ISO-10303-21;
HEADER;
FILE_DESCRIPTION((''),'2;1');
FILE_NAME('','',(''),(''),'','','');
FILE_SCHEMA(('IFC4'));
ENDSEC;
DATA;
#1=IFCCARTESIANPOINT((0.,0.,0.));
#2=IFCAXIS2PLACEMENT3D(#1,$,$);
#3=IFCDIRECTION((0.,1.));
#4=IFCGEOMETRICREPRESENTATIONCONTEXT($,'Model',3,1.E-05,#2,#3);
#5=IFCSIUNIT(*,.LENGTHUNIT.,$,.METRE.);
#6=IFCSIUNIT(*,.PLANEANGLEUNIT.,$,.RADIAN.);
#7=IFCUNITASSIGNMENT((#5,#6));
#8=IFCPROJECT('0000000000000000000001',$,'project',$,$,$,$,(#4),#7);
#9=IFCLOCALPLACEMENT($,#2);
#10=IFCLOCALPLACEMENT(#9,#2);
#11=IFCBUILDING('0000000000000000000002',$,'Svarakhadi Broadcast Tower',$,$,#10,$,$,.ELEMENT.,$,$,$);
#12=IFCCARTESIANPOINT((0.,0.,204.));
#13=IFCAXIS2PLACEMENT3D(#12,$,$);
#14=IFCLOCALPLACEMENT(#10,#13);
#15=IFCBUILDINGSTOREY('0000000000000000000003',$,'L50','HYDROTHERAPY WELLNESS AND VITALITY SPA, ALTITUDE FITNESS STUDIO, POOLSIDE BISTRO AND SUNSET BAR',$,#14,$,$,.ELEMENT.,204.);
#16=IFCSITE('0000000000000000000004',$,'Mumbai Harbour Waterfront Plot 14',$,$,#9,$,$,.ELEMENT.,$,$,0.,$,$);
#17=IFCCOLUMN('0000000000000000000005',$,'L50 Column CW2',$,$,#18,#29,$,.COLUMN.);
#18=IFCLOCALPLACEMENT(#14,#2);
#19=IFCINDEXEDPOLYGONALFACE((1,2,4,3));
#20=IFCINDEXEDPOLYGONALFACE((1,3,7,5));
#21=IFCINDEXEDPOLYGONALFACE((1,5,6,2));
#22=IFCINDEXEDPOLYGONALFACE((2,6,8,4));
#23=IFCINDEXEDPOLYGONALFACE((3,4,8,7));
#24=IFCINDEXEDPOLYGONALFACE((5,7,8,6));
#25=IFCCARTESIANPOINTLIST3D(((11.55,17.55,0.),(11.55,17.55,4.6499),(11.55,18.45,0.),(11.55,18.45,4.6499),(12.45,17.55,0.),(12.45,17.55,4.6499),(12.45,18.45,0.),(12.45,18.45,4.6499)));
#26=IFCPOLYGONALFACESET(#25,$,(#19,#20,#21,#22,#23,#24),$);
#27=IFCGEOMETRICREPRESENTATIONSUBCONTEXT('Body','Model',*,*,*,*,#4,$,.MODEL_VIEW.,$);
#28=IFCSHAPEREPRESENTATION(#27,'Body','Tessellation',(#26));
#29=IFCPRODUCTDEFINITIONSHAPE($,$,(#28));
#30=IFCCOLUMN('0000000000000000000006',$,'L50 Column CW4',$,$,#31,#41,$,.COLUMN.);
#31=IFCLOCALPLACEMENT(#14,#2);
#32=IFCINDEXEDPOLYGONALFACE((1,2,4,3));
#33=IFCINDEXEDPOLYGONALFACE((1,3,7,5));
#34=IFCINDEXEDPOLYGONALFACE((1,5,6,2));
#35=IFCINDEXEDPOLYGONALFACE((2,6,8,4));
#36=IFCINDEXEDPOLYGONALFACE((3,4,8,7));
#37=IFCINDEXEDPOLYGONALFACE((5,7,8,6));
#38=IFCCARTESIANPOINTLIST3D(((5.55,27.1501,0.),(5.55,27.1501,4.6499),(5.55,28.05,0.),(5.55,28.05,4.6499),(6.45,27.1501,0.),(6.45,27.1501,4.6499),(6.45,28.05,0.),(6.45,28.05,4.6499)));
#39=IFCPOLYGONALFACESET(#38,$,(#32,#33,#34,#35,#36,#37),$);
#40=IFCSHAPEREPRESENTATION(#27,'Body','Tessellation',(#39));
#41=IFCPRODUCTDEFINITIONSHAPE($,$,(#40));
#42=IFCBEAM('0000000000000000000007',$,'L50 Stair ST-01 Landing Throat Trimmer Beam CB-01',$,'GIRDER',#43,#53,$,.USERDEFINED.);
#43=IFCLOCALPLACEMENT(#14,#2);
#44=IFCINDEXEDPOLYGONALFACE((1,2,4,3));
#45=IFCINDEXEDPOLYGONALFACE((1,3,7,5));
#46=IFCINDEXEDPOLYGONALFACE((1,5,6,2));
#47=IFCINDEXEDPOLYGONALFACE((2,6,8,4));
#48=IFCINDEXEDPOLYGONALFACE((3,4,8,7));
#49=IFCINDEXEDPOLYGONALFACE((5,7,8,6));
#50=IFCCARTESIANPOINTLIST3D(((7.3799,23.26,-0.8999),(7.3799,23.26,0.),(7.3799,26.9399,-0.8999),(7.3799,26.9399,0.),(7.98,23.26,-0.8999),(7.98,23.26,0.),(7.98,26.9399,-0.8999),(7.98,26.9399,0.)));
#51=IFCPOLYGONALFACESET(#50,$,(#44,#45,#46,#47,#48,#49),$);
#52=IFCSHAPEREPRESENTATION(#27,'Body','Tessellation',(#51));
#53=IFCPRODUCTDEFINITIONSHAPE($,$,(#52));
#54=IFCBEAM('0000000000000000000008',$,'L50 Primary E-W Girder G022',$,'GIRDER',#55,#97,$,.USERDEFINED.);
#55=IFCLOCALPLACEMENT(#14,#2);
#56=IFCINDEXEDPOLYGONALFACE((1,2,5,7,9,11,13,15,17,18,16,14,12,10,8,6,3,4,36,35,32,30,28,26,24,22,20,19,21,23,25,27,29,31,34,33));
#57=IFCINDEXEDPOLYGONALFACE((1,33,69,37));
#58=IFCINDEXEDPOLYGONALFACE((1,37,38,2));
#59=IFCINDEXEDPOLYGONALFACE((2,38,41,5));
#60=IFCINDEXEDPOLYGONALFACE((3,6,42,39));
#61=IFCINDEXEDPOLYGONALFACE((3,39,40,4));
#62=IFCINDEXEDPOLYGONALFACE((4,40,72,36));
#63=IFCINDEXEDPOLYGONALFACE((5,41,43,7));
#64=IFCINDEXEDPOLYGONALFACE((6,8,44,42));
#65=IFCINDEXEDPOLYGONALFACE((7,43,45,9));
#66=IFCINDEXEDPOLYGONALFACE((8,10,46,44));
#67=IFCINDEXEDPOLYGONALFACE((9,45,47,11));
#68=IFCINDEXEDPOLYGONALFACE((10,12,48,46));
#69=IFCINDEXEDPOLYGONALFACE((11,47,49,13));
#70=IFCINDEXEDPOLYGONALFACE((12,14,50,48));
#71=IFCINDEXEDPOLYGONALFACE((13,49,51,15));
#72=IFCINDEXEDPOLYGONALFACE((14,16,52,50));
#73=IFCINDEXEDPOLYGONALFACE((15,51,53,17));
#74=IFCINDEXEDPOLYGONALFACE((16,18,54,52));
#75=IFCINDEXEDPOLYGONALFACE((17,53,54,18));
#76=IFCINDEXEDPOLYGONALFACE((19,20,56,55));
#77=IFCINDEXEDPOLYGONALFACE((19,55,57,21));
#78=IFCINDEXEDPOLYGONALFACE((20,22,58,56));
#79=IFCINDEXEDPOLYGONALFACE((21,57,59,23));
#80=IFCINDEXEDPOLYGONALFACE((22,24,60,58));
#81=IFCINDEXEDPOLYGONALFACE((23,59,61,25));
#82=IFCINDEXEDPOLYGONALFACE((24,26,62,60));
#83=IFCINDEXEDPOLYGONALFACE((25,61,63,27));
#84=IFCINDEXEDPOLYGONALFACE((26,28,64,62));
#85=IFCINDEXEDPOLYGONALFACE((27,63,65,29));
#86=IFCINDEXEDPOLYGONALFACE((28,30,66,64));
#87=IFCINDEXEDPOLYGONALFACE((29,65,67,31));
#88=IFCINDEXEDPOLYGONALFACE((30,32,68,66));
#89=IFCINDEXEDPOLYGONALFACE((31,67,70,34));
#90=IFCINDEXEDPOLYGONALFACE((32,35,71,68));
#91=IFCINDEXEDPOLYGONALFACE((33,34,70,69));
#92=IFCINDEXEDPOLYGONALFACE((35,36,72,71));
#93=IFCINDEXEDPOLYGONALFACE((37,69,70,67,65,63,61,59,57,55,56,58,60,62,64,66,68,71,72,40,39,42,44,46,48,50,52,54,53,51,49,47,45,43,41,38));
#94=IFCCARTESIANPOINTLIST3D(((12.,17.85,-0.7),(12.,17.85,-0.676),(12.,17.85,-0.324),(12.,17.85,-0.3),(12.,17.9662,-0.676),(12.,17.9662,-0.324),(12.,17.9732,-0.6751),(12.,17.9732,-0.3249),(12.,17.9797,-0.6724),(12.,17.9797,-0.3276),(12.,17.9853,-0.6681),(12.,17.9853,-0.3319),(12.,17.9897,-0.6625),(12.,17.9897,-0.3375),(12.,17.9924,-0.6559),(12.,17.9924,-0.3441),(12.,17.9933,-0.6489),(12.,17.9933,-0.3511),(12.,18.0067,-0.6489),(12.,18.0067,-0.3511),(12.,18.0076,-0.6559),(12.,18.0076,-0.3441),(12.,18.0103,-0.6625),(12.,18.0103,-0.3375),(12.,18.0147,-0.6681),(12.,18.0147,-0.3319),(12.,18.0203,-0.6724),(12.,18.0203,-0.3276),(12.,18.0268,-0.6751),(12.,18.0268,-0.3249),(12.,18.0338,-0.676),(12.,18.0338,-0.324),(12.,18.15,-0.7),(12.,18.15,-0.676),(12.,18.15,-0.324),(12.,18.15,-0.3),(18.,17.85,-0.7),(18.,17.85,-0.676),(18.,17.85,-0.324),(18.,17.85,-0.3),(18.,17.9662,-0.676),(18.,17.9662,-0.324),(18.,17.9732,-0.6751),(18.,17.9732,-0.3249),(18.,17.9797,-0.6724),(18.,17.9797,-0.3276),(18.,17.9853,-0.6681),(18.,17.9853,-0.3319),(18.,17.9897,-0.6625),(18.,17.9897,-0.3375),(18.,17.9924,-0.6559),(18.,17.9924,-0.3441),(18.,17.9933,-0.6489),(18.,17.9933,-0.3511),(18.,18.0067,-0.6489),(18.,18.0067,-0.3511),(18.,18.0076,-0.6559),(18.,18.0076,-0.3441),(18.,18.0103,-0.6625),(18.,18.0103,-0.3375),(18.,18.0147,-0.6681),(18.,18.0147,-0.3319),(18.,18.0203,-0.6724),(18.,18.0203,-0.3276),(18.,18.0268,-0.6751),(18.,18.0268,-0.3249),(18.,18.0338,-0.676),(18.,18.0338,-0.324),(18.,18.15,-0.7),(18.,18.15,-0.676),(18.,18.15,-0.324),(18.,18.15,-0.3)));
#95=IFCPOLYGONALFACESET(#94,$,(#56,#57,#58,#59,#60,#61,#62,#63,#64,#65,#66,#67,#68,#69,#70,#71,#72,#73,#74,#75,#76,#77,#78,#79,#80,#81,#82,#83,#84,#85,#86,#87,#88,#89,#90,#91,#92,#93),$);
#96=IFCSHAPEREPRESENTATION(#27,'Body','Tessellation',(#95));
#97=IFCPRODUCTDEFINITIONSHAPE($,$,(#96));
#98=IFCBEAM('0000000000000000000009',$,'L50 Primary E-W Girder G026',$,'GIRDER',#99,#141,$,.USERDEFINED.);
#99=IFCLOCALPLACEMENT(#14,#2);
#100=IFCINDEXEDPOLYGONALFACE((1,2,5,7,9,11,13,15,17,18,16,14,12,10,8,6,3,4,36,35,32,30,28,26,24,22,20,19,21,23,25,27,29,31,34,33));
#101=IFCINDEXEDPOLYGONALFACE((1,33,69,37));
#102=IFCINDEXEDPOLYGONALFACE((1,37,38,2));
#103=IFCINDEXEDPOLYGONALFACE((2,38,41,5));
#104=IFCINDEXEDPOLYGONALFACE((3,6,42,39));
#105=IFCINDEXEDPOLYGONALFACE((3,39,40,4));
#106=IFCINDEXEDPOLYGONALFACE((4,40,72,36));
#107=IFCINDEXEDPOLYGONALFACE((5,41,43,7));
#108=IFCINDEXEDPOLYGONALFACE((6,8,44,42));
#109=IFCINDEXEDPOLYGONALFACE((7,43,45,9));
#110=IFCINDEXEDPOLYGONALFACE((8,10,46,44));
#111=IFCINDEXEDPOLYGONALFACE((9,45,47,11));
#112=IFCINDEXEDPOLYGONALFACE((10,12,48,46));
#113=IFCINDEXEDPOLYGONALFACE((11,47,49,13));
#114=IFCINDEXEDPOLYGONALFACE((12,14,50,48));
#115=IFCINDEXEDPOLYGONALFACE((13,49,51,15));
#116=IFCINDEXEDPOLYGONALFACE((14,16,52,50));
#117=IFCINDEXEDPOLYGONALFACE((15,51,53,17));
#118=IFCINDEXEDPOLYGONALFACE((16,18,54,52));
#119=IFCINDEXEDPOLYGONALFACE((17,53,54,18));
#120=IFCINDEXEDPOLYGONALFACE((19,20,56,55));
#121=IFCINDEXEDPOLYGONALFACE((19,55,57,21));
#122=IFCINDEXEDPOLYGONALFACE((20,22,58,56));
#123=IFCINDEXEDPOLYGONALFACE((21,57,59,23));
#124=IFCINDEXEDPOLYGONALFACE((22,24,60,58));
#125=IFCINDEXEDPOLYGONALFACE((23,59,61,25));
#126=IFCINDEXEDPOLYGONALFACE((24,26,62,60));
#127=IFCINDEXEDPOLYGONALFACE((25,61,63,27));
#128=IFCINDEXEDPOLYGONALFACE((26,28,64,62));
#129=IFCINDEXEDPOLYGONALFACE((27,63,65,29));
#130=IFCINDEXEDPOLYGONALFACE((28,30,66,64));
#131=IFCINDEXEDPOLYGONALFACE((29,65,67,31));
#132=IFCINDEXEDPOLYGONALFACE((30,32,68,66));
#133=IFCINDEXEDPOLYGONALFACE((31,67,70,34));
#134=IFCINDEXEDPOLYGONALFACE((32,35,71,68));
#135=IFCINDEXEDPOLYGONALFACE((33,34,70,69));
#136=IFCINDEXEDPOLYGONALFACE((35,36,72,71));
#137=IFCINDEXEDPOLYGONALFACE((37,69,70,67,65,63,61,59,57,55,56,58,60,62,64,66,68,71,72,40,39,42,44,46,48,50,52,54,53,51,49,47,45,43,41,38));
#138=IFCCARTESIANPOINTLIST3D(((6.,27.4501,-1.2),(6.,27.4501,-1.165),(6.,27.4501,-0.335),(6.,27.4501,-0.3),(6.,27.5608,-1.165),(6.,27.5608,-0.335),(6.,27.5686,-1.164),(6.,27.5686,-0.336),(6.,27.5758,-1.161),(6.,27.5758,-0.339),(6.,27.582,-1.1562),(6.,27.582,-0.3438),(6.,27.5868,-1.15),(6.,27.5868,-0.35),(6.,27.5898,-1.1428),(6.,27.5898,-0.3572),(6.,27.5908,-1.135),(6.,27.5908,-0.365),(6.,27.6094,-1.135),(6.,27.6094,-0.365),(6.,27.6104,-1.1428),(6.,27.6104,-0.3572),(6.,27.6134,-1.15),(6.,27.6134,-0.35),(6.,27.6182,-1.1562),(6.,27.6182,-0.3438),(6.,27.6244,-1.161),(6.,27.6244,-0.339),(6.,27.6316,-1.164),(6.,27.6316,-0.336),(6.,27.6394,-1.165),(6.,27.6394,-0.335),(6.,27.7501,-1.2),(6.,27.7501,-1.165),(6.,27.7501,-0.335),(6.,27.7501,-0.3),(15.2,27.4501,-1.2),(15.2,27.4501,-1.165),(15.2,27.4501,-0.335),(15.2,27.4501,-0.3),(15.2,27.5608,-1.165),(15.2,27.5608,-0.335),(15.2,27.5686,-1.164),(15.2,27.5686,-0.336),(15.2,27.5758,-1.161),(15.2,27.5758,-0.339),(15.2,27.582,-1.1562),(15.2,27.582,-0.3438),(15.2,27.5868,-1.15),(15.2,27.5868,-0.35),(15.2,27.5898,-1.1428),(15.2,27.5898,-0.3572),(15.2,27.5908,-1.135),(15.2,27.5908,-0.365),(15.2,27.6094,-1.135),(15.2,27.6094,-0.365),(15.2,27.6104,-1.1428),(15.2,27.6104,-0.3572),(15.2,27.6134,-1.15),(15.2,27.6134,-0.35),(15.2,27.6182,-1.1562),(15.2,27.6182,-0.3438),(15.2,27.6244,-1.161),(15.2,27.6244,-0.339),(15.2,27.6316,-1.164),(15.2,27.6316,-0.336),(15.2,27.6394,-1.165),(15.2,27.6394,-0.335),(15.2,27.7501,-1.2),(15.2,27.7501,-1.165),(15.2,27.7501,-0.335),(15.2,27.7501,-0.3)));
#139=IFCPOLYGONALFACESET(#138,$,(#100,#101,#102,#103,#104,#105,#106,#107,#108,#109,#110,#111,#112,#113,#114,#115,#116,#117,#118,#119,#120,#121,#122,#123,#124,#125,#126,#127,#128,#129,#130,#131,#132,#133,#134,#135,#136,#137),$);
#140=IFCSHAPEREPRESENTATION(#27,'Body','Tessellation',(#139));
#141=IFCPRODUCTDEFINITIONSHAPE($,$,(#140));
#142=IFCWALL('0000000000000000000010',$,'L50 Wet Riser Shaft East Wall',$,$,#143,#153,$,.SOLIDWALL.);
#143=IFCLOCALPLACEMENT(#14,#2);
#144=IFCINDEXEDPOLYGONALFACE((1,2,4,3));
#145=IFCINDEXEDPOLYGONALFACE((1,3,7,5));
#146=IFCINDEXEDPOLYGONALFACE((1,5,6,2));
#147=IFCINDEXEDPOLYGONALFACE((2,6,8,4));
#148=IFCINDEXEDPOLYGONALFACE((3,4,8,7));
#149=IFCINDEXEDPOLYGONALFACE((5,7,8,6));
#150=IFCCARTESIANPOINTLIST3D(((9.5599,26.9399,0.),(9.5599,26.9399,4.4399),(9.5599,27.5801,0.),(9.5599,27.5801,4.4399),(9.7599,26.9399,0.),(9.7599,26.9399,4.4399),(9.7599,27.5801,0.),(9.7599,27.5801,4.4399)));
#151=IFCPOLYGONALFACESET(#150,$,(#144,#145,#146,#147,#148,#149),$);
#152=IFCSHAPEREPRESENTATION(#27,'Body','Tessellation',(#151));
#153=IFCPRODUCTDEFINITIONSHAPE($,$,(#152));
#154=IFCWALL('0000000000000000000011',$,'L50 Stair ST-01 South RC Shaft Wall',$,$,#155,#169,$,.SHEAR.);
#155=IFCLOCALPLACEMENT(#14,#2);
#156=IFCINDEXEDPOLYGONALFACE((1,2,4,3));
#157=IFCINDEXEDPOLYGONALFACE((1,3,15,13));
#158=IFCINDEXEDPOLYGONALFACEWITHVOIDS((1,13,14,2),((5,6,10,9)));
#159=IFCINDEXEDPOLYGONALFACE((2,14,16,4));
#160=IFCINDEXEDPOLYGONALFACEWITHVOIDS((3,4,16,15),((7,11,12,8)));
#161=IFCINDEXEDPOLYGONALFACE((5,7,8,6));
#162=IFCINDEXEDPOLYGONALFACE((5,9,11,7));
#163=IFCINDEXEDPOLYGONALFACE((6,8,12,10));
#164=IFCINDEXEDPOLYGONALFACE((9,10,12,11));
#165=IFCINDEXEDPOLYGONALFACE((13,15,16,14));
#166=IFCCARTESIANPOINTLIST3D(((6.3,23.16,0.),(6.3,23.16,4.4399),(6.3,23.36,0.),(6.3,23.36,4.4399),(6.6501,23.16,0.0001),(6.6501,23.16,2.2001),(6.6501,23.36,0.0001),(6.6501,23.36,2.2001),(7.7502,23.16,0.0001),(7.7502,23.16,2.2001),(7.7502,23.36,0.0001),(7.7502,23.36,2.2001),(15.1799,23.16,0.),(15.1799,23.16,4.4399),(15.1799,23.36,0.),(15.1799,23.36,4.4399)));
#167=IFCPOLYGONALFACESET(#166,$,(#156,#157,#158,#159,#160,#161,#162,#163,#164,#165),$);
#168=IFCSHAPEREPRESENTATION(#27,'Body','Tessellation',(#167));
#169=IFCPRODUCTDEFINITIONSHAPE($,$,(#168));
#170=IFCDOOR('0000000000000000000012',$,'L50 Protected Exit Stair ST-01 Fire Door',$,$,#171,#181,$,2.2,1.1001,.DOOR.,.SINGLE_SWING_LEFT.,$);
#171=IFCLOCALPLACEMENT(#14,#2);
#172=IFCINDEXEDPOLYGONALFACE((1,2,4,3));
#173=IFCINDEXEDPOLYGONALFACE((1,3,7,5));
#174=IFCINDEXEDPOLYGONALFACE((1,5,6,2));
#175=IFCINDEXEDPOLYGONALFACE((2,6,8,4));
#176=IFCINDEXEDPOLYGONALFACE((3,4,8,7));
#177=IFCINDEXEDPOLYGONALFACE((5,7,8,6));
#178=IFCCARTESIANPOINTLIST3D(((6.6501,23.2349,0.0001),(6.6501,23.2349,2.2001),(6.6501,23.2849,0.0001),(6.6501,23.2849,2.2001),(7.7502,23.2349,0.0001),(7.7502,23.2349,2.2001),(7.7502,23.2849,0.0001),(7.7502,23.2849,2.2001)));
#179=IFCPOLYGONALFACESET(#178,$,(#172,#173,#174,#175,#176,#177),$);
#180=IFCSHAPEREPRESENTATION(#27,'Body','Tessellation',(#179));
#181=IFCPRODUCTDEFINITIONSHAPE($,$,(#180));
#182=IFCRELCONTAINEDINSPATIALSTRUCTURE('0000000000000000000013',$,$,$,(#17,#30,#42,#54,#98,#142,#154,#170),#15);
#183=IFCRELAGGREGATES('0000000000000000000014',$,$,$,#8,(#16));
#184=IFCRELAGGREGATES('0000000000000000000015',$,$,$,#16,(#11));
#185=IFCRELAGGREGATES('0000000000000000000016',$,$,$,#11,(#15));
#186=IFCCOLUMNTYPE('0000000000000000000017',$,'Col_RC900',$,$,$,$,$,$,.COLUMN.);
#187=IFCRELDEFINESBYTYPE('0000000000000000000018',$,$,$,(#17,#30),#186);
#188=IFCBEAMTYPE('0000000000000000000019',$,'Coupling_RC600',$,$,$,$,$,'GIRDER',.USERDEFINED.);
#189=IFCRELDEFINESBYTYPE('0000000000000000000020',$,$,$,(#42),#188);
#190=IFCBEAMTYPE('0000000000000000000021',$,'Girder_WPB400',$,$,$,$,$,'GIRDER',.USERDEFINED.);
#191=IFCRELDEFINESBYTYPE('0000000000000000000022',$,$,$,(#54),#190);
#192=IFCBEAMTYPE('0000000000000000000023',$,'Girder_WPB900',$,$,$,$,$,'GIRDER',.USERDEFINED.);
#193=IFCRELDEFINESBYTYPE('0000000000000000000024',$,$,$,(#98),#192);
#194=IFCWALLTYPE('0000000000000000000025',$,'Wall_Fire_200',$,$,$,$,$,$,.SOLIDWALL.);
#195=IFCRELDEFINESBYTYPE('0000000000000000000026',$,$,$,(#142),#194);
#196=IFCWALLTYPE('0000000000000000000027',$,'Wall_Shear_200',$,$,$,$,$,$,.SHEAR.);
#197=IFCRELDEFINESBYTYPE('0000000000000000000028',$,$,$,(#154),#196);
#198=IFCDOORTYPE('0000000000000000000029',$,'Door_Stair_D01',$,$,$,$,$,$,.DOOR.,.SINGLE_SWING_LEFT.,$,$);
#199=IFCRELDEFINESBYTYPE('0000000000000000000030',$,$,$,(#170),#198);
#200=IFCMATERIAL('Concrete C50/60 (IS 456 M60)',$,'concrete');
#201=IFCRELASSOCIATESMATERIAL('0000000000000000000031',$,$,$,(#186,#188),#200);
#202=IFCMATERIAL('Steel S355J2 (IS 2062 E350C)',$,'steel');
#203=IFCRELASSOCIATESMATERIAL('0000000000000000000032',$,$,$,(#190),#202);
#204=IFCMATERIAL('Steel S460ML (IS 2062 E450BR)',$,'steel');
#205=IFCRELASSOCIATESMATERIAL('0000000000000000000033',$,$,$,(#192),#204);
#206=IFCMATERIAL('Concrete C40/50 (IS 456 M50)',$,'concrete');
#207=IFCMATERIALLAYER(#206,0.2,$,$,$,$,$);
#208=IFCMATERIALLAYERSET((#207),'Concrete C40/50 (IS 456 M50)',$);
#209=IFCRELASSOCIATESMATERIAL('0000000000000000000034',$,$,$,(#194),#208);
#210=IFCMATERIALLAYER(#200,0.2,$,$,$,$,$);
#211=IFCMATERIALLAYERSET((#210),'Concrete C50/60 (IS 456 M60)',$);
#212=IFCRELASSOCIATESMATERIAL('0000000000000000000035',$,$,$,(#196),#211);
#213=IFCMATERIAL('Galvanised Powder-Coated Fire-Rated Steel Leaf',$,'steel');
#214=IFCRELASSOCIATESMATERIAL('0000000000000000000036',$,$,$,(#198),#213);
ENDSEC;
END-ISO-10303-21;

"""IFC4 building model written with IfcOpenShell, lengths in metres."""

from ifc_helpers import new_model, si_unit, direction, frame, frame_2d, origin, origin_2d, place, context, subcontext, project, spatial, rectangle, i_section, extrude, material, layer, layer_set, material_profile, profile_set, type_object, element, fill, save


model = new_model("IFC4")

# Units and contexts
model_context = context("Model", 3, precision=1e-05, world=origin(), true_north=direction((0.0, 1.0)))
body_context = subcontext(model_context, "Body", "Model", "MODEL_VIEW")
ifc_project = project(units=[si_unit("LENGTHUNIT", "METRE"), si_unit("PLANEANGLEUNIT", "RADIAN")], contexts=[model_context])

# Site, building, storey
site_placement = place(None, origin())
site = spatial("IfcSite", under=ifc_project, at=site_placement, Name="Mumbai Harbour Waterfront Plot 14", CompositionType="ELEMENT", RefElevation=0.0)
building_placement = place(site_placement, origin())
building = spatial("IfcBuilding", under=site, at=building_placement, Name="Svarakhadi Broadcast Tower", CompositionType="ELEMENT")
storey_placement = place(building_placement, frame((0.0, 0.0, 204.0)))
storey = spatial("IfcBuildingStorey", under=building, at=storey_placement, Name="L50", Description="HYDROTHERAPY WELLNESS AND VITALITY SPA, ALTITUDE FITNESS STUDIO, POOLSIDE BISTRO AND SUNSET BAR", CompositionType="ELEMENT", Elevation=204.0)

# Columns
ifc_material_1 = material(Name="Concrete C50/60 (IS 456 M60)", Category="concrete")
ifc_material_profile_1 = material_profile(ifc_material_1, rectangle(XDim=0.8999, YDim=0.8999, at=origin_2d()), Name="RC 900x900")
ifc_profile_set_1 = profile_set([ifc_material_profile_1], Name="Concrete C50/60 (IS 456 M60)")
column_type = type_object("IfcColumnType", Name="Col_RC900", PredefinedType="COLUMN", material=ifc_profile_set_1)
for number, where, z_axis, x_axis, name in (
    (1, (12.0, 18.0, 0.0), (0.0, 0.0, 1.0), (1.0, 0.0, 0.0), "L50 Column CW2"),
    (2, (6.0, 27.6001, 0.0), (0.0, 0.0, 1.0), (1.0, 0.0, 0.0), "L50 Column CW4"),
):
    element("IfcColumn", number, at=place(storey_placement, frame(where, z_axis=z_axis, x_axis=x_axis)), inside=storey, type_object=column_type, Name=name, PredefinedType="COLUMN", context=body_context, shape_type="SweptSolid", body=[
        extrude(rectangle(XDim=0.8999, YDim=0.8999, at=origin_2d()), origin(), (0.0, 0.0, 1.0), 4.6499),
    ])

# Beams
ifc_material_profile_2 = material_profile(ifc_material_1, rectangle(XDim=0.6001, YDim=0.8999, at=origin_2d()), Name="RC 600x900")
ifc_profile_set_2 = profile_set([ifc_material_profile_2], Name="Concrete C50/60 (IS 456 M60)")
beam_type_1 = type_object("IfcBeamType", Name="Coupling_RC600", ElementType="GIRDER", PredefinedType="USERDEFINED", material=ifc_profile_set_2)
beam_1_placement = place(storey_placement, frame((7.6799, 23.26, -0.45), z_axis=(0.0, 1.0, 0.0), x_axis=(-1.0, 0.0, 0.0)))
element("IfcBeam", 3, at=beam_1_placement, inside=storey, type_object=beam_type_1, Name="L50 Stair ST-01 Landing Throat Trimmer Beam CB-01", ObjectType="GIRDER", PredefinedType="USERDEFINED", context=body_context, shape_type="SweptSolid", body=[
    extrude(rectangle(XDim=0.6001, YDim=0.8999, at=origin_2d()), origin(), (0.0, 0.0, 1.0), 3.6799),
])
ifc_material_2 = material(Name="Steel S355J2 (IS 2062 E350C)", Category="steel")
ifc_material_profile_3 = material_profile(ifc_material_2, i_section(OverallWidth=0.3, OverallDepth=0.3999, WebThickness=0.0134, FlangeThickness=0.0239, FilletRadius=0.0271, at=origin_2d()), Name="WPB 400x300x155")
ifc_profile_set_3 = profile_set([ifc_material_profile_3], Name="Steel S355J2 (IS 2062 E350C)")
beam_type_2 = type_object("IfcBeamType", Name="Girder_WPB400", ElementType="GIRDER", PredefinedType="USERDEFINED", material=ifc_profile_set_3)
beam_2_placement = place(storey_placement, frame((12.0, 18.0, -0.5), z_axis=(1.0, 0.0, 0.0), x_axis=(0.0, 1.0, 0.0)))
element("IfcBeam", 4, at=beam_2_placement, inside=storey, type_object=beam_type_2, Name="L50 Primary E-W Girder G022", ObjectType="GIRDER", PredefinedType="USERDEFINED", context=body_context, shape_type="SweptSolid", body=[
    extrude(i_section(OverallWidth=0.3, OverallDepth=0.3999, WebThickness=0.0134, FlangeThickness=0.0239, FilletRadius=0.0271, at=origin_2d()), origin(), (0.0, 0.0, 1.0), 6.0),
])
ifc_material_3 = material(Name="Steel S460ML (IS 2062 E450BR)", Category="steel")
ifc_material_profile_4 = material_profile(ifc_material_3, i_section(OverallWidth=0.3, OverallDepth=0.8999, WebThickness=0.0186, FlangeThickness=0.0349, FilletRadius=0.03, at=origin_2d()), Name="WPB 900x300x291")
ifc_profile_set_4 = profile_set([ifc_material_profile_4], Name="Steel S460ML (IS 2062 E450BR)")
beam_type_3 = type_object("IfcBeamType", Name="Girder_WPB900", ElementType="GIRDER", PredefinedType="USERDEFINED", material=ifc_profile_set_4)
beam_3_placement = place(storey_placement, frame((6.0, 27.6001, -0.75), z_axis=(1.0, 0.0, 0.0), x_axis=(0.0, 1.0, 0.0)))
element("IfcBeam", 5, at=beam_3_placement, inside=storey, type_object=beam_type_3, Name="L50 Primary E-W Girder G026", ObjectType="GIRDER", PredefinedType="USERDEFINED", context=body_context, shape_type="SweptSolid", body=[
    extrude(i_section(OverallWidth=0.3, OverallDepth=0.8999, WebThickness=0.0186, FlangeThickness=0.0349, FilletRadius=0.03, at=origin_2d()), origin(), (0.0, 0.0, 1.0), 9.2),
])

# Wall
ifc_material_4 = material(Name="Concrete C40/50 (IS 456 M50)", Category="concrete")
ifc_layer_1 = layer(ifc_material_4, 0.2)
ifc_layer_set_1 = layer_set([ifc_layer_1], Name="Concrete C40/50 (IS 456 M50)")
wall_type_1 = type_object("IfcWallType", Name="Wall_Fire_200", PredefinedType="SOLIDWALL", material=ifc_layer_set_1)
wall_1_placement = place(storey_placement, frame((9.6599, 26.9399, 0.0), z_axis=(0.0, 0.0, 1.0), x_axis=(0.0, 1.0, 0.0)))
element("IfcWall", 6, at=wall_1_placement, inside=storey, type_object=wall_type_1, Name="L50 Wet Riser Shaft East Wall", PredefinedType="SOLIDWALL", context=body_context, shape_type="SweptSolid", body=[
    extrude(rectangle(XDim=0.6401, YDim=0.2, at=frame_2d((0.3201, 0.0))), origin(), (0.0, 0.0, 1.0), 4.4399),
])

# Wall, opening, door
ifc_layer_2 = layer(ifc_material_1, 0.2)
ifc_layer_set_2 = layer_set([ifc_layer_2], Name="Concrete C50/60 (IS 456 M60)")
wall_type_2 = type_object("IfcWallType", Name="Wall_Shear_200", PredefinedType="SHEAR", material=ifc_layer_set_2)
wall_2_placement = place(storey_placement, frame((6.3, 23.26, 0.0), z_axis=(0.0, 0.0, 1.0), x_axis=(1.0, 0.0, 0.0)))
wall_2 = element("IfcWall", 7, at=wall_2_placement, inside=storey, type_object=wall_type_2, Name="L50 Stair ST-01 South RC Shaft Wall", PredefinedType="SHEAR", context=body_context, shape_type="SweptSolid", body=[
    extrude(rectangle(XDim=8.8799, YDim=0.2, at=frame_2d((4.4399, 0.0))), origin(), (0.0, 0.0, 1.0), 4.4399),
])
opening_1_placement = place(wall_2_placement, frame((0.3501, 0.0, 0.0)))
opening_1 = element("IfcOpeningElement", 8, at=opening_1_placement, cuts=wall_2, PredefinedType="OPENING", context=body_context, shape_type="SweptSolid", body=[
    extrude(rectangle(XDim=1.1001, YDim=2.2, at=frame_2d((0.55, 1.1001))), frame((0.0, 0.1099, 0.0), z_axis=(0.0, -1.0, 0.0), x_axis=(1.0, 0.0, 0.0)), (0.0, 0.0, 1.0), 0.22),
])
ifc_material_5 = material(Name="Galvanised Powder-Coated Fire-Rated Steel Leaf", Category="steel")
door_type_1 = type_object("IfcDoorType", Name="Door_Stair_D01", OperationType="SINGLE_SWING_LEFT", PredefinedType="DOOR", material=ifc_material_5)
door_1_placement = place(opening_1_placement, origin())
door_1 = element("IfcDoor", 9, at=door_1_placement, inside=storey, type_object=door_type_1, Name="L50 Protected Exit Stair ST-01 Fire Door", OperationType="SINGLE_SWING_LEFT", OverallHeight=2.2, OverallWidth=1.1001, PredefinedType="DOOR", context=body_context, shape_type="SweptSolid", body=[
    extrude(rectangle(XDim=1.1001, YDim=2.2, at=frame_2d((0.55, 1.1001))), frame((0.0, 0.0249, 0.0), z_axis=(0.0, -1.0, 0.0), x_axis=(1.0, 0.0, 0.0)), (0.0, 0.0, 1.0), 0.05),
])
fill(opening_1, door_1)

save(model, "model.ifc")
